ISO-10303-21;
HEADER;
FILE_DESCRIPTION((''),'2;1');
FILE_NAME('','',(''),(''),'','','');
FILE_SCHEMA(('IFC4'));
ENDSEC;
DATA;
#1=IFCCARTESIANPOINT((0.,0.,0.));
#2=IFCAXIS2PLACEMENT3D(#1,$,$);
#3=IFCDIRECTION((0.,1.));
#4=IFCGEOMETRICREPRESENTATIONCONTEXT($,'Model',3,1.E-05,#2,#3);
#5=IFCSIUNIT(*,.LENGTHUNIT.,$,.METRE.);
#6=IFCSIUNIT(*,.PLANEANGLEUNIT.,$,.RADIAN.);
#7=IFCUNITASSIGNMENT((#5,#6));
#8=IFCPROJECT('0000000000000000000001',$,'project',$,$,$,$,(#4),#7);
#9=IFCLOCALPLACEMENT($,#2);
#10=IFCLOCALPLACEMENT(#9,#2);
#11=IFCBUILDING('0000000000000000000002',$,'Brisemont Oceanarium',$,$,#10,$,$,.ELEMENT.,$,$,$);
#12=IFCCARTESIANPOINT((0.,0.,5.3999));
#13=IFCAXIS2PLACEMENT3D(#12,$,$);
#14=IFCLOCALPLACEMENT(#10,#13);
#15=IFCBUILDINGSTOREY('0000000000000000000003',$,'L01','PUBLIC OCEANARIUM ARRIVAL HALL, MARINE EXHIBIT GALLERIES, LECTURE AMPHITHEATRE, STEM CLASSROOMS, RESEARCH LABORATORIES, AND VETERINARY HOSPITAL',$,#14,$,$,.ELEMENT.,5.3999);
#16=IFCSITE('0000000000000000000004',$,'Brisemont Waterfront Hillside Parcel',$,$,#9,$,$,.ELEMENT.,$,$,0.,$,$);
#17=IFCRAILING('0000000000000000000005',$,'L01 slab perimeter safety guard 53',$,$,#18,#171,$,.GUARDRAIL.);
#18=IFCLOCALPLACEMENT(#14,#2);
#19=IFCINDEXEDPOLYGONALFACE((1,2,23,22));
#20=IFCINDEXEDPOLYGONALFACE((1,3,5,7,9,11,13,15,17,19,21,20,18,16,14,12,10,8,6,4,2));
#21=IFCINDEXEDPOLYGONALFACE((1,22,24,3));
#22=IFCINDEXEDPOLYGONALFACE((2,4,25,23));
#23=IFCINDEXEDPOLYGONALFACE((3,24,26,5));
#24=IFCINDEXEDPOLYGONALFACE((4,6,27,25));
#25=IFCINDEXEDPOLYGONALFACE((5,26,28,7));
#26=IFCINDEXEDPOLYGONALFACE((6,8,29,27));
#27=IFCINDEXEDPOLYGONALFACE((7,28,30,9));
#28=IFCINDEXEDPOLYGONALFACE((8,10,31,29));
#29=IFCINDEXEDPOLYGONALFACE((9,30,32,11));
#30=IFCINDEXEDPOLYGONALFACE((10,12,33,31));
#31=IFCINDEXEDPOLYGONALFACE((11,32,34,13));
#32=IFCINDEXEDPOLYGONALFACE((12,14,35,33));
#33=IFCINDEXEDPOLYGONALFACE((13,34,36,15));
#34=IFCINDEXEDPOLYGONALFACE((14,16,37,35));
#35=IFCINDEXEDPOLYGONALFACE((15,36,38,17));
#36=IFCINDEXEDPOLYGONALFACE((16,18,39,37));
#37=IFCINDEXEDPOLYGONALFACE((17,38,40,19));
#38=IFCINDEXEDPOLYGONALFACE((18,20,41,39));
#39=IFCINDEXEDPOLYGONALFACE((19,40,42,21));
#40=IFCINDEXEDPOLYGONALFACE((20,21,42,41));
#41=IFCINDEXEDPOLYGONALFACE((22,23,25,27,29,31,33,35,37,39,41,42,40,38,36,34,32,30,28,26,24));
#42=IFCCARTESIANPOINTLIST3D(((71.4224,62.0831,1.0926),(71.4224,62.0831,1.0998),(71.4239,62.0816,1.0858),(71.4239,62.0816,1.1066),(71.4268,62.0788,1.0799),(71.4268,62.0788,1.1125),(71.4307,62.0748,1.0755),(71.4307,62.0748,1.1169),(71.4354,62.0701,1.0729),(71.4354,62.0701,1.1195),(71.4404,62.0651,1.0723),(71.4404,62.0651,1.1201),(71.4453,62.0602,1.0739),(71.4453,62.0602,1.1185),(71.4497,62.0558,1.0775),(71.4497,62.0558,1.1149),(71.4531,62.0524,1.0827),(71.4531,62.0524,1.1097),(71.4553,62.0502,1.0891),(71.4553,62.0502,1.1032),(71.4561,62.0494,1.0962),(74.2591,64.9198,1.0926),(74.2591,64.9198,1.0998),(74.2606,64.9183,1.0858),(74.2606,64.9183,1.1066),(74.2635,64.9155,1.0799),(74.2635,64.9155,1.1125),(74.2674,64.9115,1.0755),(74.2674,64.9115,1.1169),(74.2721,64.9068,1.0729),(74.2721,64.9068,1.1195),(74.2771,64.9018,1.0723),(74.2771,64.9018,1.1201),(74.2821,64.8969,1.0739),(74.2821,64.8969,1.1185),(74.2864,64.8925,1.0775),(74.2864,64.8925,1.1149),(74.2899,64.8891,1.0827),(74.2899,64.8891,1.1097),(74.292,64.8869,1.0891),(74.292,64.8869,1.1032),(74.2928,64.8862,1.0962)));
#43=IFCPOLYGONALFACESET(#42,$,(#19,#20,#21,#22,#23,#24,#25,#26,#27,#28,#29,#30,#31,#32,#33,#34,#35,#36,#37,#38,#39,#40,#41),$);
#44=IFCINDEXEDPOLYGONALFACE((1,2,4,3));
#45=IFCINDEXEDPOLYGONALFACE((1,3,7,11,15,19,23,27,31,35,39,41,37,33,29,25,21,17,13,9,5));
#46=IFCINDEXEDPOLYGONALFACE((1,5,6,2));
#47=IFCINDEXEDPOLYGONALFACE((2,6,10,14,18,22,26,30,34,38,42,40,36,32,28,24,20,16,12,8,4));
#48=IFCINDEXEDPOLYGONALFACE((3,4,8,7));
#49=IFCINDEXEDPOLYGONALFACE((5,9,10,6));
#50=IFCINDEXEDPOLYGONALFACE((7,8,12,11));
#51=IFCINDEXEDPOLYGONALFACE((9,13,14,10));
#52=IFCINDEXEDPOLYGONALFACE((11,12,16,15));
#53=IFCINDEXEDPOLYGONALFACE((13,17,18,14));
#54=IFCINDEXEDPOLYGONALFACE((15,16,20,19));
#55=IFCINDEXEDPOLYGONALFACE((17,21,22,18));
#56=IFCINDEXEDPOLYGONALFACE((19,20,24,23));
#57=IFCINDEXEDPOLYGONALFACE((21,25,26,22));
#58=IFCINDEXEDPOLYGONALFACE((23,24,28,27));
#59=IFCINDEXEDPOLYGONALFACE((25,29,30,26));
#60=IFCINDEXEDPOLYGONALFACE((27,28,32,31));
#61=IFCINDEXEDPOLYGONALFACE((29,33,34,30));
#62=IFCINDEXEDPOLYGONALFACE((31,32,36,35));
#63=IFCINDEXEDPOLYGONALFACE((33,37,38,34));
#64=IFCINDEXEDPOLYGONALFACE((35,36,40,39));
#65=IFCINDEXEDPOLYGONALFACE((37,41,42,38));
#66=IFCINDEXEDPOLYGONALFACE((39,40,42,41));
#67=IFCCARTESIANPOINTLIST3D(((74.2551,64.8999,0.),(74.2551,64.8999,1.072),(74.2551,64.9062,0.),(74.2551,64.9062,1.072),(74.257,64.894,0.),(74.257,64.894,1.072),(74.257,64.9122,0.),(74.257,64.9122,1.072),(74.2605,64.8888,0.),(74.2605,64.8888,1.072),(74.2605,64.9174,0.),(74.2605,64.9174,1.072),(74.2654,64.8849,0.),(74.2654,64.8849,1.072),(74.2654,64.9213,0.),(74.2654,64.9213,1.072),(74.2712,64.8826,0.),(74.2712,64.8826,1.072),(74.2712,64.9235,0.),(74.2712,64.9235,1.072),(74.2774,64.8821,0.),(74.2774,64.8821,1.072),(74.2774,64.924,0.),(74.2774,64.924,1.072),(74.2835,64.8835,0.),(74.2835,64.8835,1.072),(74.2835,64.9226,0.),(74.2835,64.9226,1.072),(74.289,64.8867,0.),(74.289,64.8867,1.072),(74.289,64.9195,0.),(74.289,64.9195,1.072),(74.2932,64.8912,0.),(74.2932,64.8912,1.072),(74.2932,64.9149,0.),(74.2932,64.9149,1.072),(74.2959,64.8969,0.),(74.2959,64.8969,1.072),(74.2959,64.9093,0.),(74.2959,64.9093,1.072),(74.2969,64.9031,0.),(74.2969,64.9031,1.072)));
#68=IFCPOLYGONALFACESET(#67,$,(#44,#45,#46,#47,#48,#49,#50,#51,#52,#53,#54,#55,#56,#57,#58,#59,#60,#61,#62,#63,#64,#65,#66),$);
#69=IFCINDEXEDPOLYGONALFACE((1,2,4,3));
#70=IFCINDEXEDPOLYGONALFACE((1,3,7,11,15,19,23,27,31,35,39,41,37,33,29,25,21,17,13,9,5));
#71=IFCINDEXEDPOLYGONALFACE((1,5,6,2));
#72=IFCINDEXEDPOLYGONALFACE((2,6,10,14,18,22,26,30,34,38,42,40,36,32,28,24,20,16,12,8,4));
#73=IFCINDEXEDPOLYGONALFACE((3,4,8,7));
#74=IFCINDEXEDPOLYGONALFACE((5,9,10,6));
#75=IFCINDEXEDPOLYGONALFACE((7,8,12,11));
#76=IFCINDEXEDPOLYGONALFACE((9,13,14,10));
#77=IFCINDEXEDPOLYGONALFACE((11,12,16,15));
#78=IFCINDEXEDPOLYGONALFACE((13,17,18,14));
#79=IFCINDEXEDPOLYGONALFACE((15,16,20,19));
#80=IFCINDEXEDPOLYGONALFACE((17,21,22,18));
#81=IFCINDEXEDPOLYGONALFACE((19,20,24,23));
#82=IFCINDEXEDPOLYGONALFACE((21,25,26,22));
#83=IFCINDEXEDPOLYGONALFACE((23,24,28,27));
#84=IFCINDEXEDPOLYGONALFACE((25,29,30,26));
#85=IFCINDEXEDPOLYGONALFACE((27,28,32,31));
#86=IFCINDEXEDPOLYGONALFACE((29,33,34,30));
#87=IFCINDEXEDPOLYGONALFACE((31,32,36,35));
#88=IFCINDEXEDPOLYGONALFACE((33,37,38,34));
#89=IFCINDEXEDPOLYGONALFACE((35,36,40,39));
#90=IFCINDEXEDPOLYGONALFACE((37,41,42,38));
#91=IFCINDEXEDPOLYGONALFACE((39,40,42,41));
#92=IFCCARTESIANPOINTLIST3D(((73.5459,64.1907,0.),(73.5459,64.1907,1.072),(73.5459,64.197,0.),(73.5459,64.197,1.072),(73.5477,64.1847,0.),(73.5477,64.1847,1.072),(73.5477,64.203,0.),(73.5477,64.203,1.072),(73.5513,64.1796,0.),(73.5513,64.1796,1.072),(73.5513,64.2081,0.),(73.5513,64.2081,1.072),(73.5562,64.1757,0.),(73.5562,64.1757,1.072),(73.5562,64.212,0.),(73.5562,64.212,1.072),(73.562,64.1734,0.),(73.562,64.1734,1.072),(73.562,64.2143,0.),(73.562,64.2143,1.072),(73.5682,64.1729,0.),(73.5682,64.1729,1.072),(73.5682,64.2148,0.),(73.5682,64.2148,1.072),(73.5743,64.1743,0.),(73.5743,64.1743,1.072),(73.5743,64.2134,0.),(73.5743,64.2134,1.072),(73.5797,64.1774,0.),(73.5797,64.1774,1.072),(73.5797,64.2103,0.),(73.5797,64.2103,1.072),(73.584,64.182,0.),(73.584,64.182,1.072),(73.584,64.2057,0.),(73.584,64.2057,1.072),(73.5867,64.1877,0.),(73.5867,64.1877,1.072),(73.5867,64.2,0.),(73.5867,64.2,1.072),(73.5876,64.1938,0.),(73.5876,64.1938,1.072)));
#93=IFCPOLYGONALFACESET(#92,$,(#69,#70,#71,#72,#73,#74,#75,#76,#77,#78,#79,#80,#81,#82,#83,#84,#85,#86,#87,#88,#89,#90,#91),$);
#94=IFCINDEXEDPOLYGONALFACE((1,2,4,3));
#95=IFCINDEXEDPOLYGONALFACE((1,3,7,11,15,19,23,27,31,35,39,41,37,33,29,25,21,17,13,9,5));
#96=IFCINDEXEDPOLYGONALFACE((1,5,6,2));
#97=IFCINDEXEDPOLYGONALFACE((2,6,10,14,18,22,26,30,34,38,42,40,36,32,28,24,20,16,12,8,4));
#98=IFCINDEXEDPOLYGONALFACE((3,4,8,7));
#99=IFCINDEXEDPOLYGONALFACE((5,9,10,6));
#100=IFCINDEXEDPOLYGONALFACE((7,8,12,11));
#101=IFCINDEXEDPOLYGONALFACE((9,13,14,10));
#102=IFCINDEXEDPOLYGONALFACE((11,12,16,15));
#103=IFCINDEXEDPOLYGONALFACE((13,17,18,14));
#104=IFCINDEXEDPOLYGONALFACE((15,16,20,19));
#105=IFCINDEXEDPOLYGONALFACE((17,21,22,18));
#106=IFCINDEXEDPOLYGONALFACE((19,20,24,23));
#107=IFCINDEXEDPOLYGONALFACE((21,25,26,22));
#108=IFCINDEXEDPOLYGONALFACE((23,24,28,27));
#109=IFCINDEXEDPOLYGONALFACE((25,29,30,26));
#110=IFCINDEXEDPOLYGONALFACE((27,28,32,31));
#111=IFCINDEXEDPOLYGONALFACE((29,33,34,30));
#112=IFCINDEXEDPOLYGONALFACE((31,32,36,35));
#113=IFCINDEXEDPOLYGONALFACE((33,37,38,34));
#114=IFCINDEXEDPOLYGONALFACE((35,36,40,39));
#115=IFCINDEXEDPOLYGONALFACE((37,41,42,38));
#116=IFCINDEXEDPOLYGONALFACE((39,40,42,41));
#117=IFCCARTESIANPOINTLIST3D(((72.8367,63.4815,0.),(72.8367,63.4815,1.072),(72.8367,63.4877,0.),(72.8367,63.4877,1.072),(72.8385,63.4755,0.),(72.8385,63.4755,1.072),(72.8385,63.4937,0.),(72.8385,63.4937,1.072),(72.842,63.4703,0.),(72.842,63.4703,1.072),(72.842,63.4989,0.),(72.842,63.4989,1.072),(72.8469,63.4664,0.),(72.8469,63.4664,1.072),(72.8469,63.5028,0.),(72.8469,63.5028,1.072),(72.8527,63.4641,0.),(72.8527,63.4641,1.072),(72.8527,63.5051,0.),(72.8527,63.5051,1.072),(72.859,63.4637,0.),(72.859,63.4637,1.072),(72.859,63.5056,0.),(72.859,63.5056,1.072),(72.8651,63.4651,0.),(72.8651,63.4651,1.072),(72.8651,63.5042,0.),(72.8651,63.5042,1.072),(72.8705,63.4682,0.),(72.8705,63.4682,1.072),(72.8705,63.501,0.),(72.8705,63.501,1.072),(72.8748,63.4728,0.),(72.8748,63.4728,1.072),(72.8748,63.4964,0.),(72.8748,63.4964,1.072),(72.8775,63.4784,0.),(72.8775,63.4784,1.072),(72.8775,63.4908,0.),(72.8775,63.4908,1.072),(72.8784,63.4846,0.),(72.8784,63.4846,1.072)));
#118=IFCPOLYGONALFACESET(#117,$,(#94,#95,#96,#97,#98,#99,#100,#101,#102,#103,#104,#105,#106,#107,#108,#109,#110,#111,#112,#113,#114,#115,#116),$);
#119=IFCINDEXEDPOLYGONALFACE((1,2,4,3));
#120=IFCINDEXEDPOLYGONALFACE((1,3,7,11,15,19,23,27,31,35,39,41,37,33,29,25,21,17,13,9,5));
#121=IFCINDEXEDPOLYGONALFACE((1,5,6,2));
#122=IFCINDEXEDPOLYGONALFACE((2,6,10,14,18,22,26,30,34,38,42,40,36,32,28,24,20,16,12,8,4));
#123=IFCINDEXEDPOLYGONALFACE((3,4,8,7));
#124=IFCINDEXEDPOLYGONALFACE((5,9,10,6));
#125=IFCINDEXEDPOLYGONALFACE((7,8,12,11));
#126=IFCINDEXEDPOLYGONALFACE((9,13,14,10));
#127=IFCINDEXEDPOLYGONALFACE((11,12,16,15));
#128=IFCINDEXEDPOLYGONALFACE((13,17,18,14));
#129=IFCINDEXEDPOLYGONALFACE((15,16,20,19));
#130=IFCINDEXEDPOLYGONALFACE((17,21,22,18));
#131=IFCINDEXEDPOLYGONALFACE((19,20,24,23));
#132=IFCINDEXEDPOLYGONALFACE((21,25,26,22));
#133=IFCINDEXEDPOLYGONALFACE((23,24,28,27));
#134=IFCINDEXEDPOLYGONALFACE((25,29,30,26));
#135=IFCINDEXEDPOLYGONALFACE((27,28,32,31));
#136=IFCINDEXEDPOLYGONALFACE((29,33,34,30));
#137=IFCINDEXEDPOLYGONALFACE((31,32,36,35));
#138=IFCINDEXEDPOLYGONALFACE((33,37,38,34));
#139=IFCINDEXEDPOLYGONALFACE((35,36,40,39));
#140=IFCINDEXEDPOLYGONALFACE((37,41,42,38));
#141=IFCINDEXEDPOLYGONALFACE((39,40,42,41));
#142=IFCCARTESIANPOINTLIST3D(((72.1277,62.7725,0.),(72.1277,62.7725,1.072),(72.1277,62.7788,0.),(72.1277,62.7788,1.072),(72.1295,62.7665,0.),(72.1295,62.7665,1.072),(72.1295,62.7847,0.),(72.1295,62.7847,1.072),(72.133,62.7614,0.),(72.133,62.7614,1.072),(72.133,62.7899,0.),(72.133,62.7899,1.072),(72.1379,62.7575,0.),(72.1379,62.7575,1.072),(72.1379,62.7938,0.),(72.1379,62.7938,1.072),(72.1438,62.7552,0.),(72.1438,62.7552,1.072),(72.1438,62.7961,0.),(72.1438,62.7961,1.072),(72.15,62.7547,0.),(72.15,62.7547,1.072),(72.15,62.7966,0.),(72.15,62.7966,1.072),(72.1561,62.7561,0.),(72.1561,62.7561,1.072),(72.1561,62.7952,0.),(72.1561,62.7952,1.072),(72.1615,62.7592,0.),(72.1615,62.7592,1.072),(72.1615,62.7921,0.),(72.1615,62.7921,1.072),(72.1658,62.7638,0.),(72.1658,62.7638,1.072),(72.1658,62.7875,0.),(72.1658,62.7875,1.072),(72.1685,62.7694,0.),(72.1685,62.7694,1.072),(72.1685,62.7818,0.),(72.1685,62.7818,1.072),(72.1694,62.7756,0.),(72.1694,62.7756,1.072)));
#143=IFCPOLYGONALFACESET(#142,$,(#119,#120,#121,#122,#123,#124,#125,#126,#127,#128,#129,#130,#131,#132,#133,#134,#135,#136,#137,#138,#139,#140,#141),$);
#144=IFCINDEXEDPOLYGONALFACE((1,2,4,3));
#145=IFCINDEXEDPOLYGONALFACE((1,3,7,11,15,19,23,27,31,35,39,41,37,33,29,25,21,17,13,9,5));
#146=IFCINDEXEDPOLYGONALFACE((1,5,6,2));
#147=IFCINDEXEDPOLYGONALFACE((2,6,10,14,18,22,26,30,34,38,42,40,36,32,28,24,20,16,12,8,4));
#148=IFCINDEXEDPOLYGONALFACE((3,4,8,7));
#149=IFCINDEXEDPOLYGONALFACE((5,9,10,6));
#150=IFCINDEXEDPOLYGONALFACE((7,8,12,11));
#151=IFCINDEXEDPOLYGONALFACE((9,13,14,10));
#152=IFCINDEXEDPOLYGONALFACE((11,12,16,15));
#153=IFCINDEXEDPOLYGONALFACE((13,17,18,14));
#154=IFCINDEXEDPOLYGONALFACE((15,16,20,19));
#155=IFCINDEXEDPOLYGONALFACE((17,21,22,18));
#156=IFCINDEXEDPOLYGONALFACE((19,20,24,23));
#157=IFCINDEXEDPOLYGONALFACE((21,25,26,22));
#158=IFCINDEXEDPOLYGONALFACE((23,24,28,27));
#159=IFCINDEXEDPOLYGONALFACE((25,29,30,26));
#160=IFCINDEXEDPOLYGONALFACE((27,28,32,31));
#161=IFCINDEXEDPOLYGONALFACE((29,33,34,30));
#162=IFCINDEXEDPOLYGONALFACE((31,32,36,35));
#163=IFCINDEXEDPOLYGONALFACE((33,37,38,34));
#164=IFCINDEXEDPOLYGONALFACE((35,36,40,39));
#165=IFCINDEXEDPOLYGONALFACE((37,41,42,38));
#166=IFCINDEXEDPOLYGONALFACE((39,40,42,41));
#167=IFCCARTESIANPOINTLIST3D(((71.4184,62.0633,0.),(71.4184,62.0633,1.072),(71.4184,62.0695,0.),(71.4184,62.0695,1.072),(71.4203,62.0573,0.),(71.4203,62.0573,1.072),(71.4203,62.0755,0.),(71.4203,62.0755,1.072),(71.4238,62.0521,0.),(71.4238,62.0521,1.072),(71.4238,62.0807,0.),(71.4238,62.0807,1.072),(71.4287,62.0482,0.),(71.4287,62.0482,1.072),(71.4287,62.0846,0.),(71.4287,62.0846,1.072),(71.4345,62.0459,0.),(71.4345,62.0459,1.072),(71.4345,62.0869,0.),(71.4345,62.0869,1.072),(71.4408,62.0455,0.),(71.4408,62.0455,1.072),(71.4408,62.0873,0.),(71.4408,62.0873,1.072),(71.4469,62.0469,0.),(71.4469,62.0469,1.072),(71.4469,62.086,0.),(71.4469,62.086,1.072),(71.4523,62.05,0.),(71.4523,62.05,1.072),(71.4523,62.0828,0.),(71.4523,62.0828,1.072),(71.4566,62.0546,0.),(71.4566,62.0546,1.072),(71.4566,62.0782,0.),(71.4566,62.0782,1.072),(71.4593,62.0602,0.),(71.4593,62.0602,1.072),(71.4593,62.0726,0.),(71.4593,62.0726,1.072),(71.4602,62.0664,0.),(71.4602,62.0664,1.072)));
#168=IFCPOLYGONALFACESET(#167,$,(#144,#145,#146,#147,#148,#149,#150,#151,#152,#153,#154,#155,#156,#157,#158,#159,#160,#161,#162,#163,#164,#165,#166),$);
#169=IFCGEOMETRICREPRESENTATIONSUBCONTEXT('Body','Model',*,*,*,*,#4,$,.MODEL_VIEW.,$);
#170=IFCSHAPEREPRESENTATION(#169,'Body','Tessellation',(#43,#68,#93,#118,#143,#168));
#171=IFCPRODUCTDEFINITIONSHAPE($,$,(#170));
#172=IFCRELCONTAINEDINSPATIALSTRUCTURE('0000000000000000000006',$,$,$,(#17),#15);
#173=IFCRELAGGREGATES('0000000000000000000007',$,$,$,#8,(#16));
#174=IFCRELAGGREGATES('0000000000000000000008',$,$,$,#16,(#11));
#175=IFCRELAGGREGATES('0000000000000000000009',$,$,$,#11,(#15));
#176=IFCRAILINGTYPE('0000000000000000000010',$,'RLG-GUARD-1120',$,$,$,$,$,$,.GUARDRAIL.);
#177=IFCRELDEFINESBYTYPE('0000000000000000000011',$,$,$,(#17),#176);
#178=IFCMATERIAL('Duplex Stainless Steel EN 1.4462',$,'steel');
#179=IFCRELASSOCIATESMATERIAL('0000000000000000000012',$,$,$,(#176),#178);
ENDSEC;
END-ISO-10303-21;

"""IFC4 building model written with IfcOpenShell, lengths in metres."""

from ifc_helpers import new_model, si_unit, direction, frame, origin, origin_2d, place, context, subcontext, project, spatial, circle, extrude, material, type_object, element, save


model = new_model("IFC4")

# Units and contexts
model_context = context("Model", 3, precision=1e-05, world=origin(), true_north=direction((0.0, 1.0)))
body_context = subcontext(model_context, "Body", "Model", "MODEL_VIEW")
ifc_project = project(units=[si_unit("LENGTHUNIT", "METRE"), si_unit("PLANEANGLEUNIT", "RADIAN")], contexts=[model_context])

# Site, building, storey
site_placement = place(None, origin())
site = spatial("IfcSite", under=ifc_project, at=site_placement, Name="Brisemont Waterfront Hillside Parcel", CompositionType="ELEMENT", RefElevation=0.0)
building_placement = place(site_placement, origin())
building = spatial("IfcBuilding", under=site, at=building_placement, Name="Brisemont Oceanarium", CompositionType="ELEMENT")
storey_placement = place(building_placement, frame((0.0, 0.0, 5.3999)))
storey = spatial("IfcBuildingStorey", under=building, at=storey_placement, Name="L01", Description="PUBLIC OCEANARIUM ARRIVAL HALL, MARINE EXHIBIT GALLERIES, LECTURE AMPHITHEATRE, STEM CLASSROOMS, RESEARCH LABORATORIES, AND VETERINARY HOSPITAL", CompositionType="ELEMENT", Elevation=5.3999)

# Railing
ifc_material_1 = material(Name="Duplex Stainless Steel EN 1.4462", Category="steel")
railing_type = type_object("IfcRailingType", Name="RLG-GUARD-1120", PredefinedType="GUARDRAIL", material=ifc_material_1)
railing_placement = place(storey_placement, frame((74.2759, 64.9031, 0.0)))
element("IfcRailing", 1, at=railing_placement, inside=storey, type_object=railing_type, Name="L01 slab perimeter safety guard 53", PredefinedType="GUARDRAIL", context=body_context, shape_type="SweptSolid", body=[
    extrude(circle(Radius=0.0239, at=origin_2d()), frame((0.0, 0.0, 1.0962), z_axis=(-0.707107, -0.707107, 0.0), x_axis=(0.707107, -0.707107, 0.0)), (0.0, 0.0, 1.0), 4.0117),
    extrude(circle(Radius=0.021, at=origin_2d()), origin(), (0.0, 0.0, 1.0), 1.072),
    extrude(circle(Radius=0.021, at=origin_2d()), frame((-0.7092, -0.7092, 0.0)), (0.0, 0.0, 1.0), 1.072),
    extrude(circle(Radius=0.021, at=origin_2d()), frame((-1.4185, -1.4185, 0.0)), (0.0, 0.0, 1.0), 1.072),
    extrude(circle(Radius=0.021, at=origin_2d()), frame((-2.1274, -2.1274, 0.0)), (0.0, 0.0, 1.0), 1.072),
    extrude(circle(Radius=0.021, at=origin_2d()), frame((-2.8367, -2.8367, 0.0)), (0.0, 0.0, 1.0), 1.072),
])

save(model, "model.ifc")
